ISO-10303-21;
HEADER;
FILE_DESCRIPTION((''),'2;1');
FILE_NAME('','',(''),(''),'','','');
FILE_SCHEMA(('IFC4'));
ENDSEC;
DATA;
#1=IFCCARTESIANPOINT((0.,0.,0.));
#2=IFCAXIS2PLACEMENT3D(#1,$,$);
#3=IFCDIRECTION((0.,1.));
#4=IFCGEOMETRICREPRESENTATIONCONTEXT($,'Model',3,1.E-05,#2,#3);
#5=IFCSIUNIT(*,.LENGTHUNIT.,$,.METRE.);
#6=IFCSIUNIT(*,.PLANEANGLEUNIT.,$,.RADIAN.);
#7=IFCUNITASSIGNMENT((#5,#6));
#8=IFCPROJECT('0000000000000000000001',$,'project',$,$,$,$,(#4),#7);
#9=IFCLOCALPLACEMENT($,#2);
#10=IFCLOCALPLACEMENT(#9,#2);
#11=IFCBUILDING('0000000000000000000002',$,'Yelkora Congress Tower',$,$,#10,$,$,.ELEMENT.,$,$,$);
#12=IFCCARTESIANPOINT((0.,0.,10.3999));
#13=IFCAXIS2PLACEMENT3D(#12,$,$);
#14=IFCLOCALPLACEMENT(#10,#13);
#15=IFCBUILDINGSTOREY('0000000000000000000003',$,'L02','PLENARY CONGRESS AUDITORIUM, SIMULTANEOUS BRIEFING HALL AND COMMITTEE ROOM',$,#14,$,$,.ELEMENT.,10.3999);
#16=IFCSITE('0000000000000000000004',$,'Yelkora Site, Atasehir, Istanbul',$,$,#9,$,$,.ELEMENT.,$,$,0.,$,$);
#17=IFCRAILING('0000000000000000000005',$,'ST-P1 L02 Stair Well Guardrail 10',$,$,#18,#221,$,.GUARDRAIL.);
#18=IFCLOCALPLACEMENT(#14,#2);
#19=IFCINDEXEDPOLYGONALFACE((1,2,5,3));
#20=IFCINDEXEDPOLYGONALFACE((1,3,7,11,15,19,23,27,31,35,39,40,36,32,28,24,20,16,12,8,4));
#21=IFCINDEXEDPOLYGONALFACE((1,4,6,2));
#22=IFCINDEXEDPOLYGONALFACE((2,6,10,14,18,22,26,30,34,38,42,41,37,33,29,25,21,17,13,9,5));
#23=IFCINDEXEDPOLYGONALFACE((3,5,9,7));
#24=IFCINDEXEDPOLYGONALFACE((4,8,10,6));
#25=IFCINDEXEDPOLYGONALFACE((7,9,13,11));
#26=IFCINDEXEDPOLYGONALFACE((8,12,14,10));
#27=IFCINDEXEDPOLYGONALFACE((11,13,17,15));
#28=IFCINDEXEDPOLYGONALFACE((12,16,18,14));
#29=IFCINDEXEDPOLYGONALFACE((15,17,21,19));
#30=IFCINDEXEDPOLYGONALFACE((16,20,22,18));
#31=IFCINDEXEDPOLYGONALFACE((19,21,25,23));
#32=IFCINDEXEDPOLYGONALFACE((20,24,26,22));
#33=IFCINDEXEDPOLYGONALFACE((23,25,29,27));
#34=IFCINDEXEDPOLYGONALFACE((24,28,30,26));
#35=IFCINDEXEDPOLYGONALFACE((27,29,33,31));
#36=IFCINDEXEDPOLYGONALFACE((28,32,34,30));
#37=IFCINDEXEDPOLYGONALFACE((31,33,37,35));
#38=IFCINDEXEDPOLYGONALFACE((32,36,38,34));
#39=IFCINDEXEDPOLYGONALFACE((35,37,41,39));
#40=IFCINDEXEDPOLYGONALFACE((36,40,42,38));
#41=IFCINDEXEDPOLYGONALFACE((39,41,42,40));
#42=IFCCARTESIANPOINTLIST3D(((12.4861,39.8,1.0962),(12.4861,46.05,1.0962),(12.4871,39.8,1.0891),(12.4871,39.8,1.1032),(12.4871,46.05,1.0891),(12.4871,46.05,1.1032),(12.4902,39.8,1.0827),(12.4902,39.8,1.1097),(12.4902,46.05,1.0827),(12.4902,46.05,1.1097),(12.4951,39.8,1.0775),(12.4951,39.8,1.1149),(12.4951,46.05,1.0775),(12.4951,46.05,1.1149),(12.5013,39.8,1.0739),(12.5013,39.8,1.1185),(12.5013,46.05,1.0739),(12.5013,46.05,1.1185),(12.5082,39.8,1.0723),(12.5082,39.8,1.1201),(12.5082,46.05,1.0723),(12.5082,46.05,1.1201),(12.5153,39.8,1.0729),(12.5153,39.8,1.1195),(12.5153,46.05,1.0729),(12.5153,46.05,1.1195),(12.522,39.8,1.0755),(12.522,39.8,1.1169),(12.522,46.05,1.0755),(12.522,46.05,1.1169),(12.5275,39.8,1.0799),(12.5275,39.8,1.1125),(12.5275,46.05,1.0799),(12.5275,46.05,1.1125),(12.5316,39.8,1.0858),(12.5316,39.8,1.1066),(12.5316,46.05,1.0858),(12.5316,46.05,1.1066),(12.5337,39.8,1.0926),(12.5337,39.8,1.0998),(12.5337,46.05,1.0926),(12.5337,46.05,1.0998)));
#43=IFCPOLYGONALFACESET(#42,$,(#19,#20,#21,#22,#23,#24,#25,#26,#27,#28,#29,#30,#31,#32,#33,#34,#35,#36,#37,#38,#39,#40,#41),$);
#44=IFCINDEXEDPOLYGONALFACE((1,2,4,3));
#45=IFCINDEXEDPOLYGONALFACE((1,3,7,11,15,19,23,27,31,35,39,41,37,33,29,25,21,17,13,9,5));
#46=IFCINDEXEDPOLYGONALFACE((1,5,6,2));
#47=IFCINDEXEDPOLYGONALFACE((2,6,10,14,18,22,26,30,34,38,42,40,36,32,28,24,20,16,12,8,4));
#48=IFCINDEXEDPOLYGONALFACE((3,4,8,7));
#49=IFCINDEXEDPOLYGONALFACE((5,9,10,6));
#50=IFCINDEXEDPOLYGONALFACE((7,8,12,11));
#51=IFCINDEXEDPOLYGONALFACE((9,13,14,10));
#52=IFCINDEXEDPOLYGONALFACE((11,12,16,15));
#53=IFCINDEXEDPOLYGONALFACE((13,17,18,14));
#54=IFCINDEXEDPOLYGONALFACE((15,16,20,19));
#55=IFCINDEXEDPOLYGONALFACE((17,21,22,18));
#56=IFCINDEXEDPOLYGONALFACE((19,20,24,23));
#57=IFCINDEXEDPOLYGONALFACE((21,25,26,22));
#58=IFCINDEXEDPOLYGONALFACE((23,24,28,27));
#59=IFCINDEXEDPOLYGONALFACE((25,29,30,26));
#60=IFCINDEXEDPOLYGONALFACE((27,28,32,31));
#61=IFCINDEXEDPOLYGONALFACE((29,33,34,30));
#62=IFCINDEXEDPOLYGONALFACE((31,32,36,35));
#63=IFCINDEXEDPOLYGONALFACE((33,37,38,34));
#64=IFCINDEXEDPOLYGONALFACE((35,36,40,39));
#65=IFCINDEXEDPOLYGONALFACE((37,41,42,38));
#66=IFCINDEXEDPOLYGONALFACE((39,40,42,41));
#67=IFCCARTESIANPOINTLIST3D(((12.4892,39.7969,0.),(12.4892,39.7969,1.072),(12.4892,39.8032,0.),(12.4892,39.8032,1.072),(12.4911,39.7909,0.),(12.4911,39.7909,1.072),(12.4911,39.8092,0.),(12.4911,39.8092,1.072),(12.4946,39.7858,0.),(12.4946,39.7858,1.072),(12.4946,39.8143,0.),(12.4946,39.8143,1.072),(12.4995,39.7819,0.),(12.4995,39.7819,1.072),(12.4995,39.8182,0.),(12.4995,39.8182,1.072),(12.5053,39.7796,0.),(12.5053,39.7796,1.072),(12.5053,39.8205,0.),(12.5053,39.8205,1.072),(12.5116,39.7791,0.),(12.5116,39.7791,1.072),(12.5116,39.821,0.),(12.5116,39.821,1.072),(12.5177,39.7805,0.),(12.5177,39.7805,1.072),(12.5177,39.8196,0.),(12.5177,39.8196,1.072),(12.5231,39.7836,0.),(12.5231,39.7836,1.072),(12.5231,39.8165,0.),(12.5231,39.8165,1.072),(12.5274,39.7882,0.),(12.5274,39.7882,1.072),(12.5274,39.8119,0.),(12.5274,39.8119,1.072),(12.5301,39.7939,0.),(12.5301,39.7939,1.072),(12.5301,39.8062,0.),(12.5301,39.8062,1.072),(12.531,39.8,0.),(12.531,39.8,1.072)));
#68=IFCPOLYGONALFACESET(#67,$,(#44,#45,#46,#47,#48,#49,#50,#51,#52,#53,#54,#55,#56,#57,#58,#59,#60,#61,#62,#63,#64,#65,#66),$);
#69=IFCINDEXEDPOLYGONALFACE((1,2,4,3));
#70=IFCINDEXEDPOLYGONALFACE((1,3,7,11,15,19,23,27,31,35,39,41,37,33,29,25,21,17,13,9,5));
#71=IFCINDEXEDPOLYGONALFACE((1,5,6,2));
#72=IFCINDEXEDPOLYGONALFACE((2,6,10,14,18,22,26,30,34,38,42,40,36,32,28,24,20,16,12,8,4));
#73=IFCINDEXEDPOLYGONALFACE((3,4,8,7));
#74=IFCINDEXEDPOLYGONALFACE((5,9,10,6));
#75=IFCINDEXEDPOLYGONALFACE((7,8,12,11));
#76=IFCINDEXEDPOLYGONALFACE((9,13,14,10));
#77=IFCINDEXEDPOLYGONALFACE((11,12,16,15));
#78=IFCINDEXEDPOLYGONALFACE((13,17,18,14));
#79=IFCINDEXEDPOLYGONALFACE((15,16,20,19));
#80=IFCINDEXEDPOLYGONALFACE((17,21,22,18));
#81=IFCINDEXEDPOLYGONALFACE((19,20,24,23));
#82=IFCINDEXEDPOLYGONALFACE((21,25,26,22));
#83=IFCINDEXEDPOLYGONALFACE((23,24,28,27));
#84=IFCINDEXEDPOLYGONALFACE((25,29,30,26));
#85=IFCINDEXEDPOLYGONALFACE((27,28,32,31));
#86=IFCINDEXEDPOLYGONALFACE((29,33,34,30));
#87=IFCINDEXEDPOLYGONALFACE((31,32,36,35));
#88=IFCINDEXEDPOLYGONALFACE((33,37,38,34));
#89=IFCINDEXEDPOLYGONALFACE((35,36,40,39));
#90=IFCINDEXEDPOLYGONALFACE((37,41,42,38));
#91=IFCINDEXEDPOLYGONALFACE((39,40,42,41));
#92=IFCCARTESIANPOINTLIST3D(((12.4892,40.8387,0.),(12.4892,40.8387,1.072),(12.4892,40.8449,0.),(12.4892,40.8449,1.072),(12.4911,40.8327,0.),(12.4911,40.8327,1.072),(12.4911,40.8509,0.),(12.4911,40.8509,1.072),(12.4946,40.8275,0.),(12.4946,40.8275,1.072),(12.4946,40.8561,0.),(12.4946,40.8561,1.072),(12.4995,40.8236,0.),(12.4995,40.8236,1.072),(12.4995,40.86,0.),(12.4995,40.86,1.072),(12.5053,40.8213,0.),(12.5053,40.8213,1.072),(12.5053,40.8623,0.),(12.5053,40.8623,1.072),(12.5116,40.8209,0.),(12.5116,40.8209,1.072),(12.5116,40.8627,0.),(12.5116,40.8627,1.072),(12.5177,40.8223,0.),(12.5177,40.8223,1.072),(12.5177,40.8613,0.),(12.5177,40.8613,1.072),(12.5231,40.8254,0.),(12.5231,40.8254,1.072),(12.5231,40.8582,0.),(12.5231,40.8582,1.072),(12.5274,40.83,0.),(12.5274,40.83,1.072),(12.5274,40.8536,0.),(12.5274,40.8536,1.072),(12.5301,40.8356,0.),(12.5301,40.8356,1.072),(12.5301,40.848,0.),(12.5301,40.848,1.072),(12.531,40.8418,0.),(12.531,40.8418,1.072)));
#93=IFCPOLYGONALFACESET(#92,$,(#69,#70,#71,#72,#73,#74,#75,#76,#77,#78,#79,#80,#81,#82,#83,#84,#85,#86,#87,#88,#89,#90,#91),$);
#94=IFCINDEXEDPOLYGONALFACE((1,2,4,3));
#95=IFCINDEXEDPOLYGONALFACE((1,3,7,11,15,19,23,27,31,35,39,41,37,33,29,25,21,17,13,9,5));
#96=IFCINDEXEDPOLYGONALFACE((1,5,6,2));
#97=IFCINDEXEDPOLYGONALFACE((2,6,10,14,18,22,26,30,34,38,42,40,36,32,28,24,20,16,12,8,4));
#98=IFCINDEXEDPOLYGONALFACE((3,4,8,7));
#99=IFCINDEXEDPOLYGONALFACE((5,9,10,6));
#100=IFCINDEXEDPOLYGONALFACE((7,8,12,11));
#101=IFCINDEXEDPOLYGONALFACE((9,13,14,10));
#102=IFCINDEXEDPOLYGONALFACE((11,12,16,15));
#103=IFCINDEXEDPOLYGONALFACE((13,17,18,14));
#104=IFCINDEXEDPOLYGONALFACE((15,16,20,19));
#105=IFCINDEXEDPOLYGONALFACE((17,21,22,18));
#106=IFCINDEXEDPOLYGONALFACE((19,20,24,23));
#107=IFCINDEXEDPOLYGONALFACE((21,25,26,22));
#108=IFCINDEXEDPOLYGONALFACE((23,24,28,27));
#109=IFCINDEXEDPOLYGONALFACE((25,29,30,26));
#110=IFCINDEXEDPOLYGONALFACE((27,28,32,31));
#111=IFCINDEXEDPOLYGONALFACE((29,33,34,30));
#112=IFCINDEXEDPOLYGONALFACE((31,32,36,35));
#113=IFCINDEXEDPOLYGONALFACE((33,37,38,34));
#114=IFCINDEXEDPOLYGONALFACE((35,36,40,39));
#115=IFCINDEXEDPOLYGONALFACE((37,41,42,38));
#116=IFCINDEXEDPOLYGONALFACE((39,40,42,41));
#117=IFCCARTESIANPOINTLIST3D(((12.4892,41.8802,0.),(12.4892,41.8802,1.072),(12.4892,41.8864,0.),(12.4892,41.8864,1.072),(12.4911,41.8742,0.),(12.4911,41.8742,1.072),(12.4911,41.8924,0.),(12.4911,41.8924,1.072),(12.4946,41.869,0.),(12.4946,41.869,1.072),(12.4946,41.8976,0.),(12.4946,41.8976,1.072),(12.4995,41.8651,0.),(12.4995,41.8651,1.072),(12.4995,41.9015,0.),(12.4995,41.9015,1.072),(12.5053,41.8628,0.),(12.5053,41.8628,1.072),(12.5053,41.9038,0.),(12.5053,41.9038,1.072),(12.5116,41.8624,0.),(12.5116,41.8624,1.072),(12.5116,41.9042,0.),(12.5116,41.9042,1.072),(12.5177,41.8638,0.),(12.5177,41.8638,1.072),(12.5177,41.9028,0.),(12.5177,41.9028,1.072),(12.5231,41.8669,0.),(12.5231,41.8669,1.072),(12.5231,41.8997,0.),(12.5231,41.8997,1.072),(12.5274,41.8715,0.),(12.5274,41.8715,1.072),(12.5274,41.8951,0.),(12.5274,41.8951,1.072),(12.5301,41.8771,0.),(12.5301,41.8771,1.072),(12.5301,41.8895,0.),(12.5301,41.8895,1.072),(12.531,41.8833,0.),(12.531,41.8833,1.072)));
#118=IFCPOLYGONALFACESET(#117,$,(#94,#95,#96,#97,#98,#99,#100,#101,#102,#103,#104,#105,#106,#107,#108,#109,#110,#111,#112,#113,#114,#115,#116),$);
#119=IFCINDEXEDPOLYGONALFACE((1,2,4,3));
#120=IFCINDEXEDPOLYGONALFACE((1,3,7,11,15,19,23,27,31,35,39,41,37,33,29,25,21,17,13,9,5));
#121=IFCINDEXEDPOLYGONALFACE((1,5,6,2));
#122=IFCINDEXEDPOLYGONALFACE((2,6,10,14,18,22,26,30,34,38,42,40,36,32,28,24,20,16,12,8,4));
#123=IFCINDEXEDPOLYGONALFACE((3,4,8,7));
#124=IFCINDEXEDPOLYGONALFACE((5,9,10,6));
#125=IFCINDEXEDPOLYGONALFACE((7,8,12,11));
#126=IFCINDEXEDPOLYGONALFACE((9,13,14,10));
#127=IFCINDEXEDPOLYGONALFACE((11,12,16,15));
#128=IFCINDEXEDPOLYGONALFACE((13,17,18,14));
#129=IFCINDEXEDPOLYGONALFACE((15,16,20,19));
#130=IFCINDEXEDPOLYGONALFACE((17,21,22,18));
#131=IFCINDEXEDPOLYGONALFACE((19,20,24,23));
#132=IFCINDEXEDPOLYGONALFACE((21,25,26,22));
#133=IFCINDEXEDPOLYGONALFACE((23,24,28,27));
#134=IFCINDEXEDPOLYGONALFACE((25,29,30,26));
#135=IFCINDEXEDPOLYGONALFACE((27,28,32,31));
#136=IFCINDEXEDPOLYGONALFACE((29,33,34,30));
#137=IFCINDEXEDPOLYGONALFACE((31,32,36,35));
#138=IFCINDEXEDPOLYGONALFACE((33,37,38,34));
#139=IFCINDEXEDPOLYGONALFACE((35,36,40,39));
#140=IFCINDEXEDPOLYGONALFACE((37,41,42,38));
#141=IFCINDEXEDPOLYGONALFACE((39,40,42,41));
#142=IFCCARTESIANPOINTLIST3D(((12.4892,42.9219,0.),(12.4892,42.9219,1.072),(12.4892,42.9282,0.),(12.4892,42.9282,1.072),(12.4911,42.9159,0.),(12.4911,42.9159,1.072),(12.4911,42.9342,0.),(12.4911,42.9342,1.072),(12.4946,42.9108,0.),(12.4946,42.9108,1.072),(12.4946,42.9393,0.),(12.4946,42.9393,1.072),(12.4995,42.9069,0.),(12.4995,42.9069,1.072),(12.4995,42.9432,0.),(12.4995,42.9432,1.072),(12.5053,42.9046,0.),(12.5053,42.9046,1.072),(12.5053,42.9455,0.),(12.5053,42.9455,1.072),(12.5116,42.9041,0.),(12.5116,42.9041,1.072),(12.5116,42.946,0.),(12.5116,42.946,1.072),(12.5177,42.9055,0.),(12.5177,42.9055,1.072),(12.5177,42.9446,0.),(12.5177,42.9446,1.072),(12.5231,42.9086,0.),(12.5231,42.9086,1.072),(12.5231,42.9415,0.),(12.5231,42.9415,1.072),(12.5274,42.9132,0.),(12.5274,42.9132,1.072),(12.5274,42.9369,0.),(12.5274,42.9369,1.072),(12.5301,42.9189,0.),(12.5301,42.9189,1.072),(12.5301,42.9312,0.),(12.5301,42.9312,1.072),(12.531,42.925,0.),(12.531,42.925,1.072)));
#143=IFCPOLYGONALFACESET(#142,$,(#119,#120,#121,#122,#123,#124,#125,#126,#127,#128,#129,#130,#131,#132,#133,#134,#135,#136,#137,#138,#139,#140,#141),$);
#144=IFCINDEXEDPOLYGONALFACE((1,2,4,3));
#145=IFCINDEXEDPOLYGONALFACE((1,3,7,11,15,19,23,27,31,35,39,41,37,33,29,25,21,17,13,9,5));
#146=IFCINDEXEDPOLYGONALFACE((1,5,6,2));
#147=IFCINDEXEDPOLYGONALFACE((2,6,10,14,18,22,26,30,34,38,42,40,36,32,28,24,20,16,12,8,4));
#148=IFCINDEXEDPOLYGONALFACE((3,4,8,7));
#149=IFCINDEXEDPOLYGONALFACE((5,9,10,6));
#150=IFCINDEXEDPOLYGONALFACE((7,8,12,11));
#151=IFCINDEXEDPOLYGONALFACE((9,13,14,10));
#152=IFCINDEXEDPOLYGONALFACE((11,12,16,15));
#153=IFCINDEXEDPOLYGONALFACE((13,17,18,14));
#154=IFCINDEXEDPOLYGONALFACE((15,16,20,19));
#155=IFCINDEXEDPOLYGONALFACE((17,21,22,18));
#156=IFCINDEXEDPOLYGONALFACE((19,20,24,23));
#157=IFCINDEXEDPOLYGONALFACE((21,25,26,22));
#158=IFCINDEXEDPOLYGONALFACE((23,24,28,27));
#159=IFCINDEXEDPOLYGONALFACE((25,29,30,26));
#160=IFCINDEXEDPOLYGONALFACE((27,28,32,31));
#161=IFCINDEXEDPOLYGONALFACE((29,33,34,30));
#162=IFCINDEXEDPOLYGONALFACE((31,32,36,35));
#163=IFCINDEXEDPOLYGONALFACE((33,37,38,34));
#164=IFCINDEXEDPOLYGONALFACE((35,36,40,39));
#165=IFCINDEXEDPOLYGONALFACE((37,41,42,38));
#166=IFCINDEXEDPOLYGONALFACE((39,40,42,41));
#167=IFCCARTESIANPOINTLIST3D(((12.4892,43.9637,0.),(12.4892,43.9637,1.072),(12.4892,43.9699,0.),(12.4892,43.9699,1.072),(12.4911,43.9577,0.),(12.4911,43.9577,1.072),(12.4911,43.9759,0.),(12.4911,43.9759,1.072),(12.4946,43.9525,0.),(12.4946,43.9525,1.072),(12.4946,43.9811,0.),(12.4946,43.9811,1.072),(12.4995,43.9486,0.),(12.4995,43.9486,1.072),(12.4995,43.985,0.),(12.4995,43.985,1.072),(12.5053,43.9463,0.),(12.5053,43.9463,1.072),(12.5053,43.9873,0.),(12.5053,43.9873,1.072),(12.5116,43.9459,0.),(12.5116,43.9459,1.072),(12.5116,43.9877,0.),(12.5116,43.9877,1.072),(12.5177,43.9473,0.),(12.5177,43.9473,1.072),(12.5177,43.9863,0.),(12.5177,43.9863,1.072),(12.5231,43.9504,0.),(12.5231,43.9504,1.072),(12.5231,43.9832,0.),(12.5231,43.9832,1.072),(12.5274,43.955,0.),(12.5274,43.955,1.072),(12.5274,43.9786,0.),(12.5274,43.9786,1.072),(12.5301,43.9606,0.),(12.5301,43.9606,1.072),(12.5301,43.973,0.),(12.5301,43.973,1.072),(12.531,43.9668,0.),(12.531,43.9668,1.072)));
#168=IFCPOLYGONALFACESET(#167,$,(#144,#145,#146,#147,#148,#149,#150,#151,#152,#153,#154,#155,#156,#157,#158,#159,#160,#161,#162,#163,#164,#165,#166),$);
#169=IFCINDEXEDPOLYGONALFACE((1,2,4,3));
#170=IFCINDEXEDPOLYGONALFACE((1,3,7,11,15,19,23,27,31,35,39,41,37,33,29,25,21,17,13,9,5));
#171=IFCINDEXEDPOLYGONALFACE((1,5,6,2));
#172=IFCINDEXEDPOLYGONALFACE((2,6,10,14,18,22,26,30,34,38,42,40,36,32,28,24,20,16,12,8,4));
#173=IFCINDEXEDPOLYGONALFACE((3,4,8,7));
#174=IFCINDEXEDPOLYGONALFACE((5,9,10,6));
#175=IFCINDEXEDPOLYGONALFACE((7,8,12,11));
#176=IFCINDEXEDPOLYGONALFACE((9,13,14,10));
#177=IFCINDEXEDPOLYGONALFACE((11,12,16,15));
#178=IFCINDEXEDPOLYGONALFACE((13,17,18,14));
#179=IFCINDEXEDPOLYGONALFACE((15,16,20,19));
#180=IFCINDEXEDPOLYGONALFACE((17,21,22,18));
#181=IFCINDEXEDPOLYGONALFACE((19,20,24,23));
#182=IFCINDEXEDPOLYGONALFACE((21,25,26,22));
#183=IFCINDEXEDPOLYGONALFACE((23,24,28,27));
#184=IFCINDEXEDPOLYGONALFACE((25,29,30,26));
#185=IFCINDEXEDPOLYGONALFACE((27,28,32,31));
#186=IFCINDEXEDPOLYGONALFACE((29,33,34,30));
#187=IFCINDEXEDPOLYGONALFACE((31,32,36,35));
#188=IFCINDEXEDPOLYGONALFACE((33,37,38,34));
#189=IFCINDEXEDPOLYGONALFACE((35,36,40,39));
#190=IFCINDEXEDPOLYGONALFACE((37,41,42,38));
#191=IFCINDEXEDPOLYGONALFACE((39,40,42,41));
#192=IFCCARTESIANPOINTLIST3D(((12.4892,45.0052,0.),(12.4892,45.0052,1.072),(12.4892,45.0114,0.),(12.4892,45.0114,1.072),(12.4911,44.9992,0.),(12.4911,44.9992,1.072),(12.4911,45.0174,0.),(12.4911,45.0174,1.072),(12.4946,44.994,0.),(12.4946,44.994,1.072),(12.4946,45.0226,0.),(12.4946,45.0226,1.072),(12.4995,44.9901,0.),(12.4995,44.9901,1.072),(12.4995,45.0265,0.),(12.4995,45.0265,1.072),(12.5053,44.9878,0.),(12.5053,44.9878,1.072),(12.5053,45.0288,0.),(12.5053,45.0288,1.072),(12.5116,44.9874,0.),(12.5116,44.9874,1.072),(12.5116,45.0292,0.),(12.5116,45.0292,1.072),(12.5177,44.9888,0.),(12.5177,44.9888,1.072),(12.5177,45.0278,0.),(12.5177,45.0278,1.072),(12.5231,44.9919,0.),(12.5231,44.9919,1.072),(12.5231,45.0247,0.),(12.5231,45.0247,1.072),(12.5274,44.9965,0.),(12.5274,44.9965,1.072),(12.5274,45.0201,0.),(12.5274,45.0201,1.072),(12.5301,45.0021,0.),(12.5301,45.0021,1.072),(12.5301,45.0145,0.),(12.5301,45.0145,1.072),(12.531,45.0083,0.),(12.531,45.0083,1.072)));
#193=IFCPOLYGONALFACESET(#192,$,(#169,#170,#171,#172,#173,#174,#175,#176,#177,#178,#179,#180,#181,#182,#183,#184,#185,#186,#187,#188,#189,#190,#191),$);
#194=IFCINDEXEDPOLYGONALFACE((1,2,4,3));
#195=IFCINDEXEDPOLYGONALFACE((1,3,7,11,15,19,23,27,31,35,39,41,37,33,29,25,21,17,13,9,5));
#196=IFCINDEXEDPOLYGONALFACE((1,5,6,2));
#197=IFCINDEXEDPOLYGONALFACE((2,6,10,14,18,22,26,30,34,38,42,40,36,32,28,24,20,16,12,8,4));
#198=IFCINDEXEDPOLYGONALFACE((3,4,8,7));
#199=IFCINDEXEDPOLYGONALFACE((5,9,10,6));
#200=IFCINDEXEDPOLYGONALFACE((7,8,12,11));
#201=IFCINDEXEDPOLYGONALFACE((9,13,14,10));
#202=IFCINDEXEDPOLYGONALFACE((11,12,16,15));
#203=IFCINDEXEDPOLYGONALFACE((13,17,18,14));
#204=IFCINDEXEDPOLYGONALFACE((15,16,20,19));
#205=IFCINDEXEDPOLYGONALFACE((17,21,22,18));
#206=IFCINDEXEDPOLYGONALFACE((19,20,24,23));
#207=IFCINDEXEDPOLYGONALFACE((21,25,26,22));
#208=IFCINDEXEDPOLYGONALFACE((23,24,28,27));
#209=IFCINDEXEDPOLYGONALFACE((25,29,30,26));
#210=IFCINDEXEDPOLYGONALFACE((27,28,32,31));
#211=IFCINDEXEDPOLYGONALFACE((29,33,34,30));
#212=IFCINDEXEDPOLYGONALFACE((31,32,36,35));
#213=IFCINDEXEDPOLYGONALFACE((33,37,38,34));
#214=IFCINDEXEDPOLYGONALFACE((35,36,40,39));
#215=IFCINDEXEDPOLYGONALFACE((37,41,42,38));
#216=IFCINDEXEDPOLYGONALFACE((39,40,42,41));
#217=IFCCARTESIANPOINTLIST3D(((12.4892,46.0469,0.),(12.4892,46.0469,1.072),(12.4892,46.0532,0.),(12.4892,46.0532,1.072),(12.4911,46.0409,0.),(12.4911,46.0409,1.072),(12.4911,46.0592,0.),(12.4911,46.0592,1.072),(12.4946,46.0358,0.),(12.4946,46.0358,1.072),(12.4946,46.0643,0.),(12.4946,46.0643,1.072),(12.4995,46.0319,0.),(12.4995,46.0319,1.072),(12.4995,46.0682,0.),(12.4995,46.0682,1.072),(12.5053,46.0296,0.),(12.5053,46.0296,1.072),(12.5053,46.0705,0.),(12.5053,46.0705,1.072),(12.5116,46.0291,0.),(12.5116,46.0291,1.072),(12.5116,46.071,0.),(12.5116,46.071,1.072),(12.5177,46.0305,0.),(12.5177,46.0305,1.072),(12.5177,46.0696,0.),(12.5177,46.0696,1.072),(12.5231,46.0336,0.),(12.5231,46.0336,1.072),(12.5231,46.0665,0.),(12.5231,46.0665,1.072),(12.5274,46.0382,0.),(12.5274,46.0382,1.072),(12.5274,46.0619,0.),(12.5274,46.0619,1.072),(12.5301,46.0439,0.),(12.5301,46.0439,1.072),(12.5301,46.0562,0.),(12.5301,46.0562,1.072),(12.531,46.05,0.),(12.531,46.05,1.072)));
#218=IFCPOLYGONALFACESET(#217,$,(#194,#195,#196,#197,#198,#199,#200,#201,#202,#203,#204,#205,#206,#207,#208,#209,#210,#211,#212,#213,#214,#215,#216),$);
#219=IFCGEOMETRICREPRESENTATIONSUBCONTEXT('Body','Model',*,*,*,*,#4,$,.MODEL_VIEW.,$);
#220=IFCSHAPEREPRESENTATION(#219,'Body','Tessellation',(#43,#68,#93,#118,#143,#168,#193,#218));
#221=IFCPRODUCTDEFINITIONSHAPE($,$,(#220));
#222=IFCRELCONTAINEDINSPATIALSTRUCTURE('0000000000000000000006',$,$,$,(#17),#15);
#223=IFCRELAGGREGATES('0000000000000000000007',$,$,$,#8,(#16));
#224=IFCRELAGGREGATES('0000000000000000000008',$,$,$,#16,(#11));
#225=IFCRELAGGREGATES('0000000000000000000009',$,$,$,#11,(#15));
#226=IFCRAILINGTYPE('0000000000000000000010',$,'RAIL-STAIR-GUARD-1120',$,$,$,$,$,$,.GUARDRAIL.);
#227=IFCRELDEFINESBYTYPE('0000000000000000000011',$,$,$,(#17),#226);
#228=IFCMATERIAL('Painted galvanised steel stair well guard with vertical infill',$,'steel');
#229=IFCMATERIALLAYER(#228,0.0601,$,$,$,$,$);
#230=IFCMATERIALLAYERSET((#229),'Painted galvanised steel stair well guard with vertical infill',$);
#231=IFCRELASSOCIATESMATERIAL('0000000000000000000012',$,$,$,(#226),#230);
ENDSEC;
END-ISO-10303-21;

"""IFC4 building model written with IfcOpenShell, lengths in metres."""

from ifc_helpers import new_model, si_unit, direction, frame, origin, origin_2d, place, context, subcontext, project, spatial, circle, extrude, material, layer, layer_set, type_object, element, save


model = new_model("IFC4")

# Units and contexts
model_context = context("Model", 3, precision=1e-05, world=origin(), true_north=direction((0.0, 1.0)))
body_context = subcontext(model_context, "Body", "Model", "MODEL_VIEW")
ifc_project = project(units=[si_unit("LENGTHUNIT", "METRE"), si_unit("PLANEANGLEUNIT", "RADIAN")], contexts=[model_context])

# Site, building, storey
site_placement = place(None, origin())
site = spatial("IfcSite", under=ifc_project, at=site_placement, Name="Yelkora Site, Atasehir, Istanbul", CompositionType="ELEMENT", RefElevation=0.0)
building_placement = place(site_placement, origin())
building = spatial("IfcBuilding", under=site, at=building_placement, Name="Yelkora Congress Tower", CompositionType="ELEMENT")
storey_placement = place(building_placement, frame((0.0, 0.0, 10.3999)))
storey = spatial("IfcBuildingStorey", under=building, at=storey_placement, Name="L02", Description="PLENARY CONGRESS AUDITORIUM, SIMULTANEOUS BRIEFING HALL AND COMMITTEE ROOM", CompositionType="ELEMENT", Elevation=10.3999)

# Railing
ifc_material_1 = material(Name="Painted galvanised steel stair well guard with vertical infill", Category="steel")
ifc_layer_1 = layer(ifc_material_1, 0.0601)
ifc_layer_set_1 = layer_set([ifc_layer_1], Name="Painted galvanised steel stair well guard with vertical infill")
railing_type_1 = type_object("IfcRailingType", Name="RAIL-STAIR-GUARD-1120", PredefinedType="GUARDRAIL", material=ifc_layer_set_1)
railing_1_placement = place(storey_placement, frame((12.51, 39.8, 0.0)))
element("IfcRailing", 1, at=railing_1_placement, inside=storey, type_object=railing_type_1, Name="ST-P1 L02 Stair Well Guardrail 10", PredefinedType="GUARDRAIL", context=body_context, shape_type="SweptSolid", body=[
    extrude(circle(Radius=0.0239, at=origin_2d()), frame((0.0, 0.0, 1.0962), z_axis=(0.0, 1.0, 0.0), x_axis=(-1.0, 0.0, 0.0)), (0.0, 0.0, 1.0), 6.25),
    extrude(circle(Radius=0.021, at=origin_2d()), origin(), (0.0, 0.0, 1.0), 1.072),
    extrude(circle(Radius=0.021, at=origin_2d()), frame((0.0, 1.0417, 0.0)), (0.0, 0.0, 1.0), 1.072),
    extrude(circle(Radius=0.021, at=origin_2d()), frame((0.0, 2.0833, 0.0)), (0.0, 0.0, 1.0), 1.072),
    extrude(circle(Radius=0.021, at=origin_2d()), frame((0.0, 3.125, 0.0)), (0.0, 0.0, 1.0), 1.072),
    extrude(circle(Radius=0.021, at=origin_2d()), frame((0.0, 4.1667, 0.0)), (0.0, 0.0, 1.0), 1.072),
    extrude(circle(Radius=0.021, at=origin_2d()), frame((0.0, 5.2083, 0.0)), (0.0, 0.0, 1.0), 1.072),
    extrude(circle(Radius=0.021, at=origin_2d()), frame((0.0, 6.25, 0.0)), (0.0, 0.0, 1.0), 1.072),
])

save(model, "model.ifc")
